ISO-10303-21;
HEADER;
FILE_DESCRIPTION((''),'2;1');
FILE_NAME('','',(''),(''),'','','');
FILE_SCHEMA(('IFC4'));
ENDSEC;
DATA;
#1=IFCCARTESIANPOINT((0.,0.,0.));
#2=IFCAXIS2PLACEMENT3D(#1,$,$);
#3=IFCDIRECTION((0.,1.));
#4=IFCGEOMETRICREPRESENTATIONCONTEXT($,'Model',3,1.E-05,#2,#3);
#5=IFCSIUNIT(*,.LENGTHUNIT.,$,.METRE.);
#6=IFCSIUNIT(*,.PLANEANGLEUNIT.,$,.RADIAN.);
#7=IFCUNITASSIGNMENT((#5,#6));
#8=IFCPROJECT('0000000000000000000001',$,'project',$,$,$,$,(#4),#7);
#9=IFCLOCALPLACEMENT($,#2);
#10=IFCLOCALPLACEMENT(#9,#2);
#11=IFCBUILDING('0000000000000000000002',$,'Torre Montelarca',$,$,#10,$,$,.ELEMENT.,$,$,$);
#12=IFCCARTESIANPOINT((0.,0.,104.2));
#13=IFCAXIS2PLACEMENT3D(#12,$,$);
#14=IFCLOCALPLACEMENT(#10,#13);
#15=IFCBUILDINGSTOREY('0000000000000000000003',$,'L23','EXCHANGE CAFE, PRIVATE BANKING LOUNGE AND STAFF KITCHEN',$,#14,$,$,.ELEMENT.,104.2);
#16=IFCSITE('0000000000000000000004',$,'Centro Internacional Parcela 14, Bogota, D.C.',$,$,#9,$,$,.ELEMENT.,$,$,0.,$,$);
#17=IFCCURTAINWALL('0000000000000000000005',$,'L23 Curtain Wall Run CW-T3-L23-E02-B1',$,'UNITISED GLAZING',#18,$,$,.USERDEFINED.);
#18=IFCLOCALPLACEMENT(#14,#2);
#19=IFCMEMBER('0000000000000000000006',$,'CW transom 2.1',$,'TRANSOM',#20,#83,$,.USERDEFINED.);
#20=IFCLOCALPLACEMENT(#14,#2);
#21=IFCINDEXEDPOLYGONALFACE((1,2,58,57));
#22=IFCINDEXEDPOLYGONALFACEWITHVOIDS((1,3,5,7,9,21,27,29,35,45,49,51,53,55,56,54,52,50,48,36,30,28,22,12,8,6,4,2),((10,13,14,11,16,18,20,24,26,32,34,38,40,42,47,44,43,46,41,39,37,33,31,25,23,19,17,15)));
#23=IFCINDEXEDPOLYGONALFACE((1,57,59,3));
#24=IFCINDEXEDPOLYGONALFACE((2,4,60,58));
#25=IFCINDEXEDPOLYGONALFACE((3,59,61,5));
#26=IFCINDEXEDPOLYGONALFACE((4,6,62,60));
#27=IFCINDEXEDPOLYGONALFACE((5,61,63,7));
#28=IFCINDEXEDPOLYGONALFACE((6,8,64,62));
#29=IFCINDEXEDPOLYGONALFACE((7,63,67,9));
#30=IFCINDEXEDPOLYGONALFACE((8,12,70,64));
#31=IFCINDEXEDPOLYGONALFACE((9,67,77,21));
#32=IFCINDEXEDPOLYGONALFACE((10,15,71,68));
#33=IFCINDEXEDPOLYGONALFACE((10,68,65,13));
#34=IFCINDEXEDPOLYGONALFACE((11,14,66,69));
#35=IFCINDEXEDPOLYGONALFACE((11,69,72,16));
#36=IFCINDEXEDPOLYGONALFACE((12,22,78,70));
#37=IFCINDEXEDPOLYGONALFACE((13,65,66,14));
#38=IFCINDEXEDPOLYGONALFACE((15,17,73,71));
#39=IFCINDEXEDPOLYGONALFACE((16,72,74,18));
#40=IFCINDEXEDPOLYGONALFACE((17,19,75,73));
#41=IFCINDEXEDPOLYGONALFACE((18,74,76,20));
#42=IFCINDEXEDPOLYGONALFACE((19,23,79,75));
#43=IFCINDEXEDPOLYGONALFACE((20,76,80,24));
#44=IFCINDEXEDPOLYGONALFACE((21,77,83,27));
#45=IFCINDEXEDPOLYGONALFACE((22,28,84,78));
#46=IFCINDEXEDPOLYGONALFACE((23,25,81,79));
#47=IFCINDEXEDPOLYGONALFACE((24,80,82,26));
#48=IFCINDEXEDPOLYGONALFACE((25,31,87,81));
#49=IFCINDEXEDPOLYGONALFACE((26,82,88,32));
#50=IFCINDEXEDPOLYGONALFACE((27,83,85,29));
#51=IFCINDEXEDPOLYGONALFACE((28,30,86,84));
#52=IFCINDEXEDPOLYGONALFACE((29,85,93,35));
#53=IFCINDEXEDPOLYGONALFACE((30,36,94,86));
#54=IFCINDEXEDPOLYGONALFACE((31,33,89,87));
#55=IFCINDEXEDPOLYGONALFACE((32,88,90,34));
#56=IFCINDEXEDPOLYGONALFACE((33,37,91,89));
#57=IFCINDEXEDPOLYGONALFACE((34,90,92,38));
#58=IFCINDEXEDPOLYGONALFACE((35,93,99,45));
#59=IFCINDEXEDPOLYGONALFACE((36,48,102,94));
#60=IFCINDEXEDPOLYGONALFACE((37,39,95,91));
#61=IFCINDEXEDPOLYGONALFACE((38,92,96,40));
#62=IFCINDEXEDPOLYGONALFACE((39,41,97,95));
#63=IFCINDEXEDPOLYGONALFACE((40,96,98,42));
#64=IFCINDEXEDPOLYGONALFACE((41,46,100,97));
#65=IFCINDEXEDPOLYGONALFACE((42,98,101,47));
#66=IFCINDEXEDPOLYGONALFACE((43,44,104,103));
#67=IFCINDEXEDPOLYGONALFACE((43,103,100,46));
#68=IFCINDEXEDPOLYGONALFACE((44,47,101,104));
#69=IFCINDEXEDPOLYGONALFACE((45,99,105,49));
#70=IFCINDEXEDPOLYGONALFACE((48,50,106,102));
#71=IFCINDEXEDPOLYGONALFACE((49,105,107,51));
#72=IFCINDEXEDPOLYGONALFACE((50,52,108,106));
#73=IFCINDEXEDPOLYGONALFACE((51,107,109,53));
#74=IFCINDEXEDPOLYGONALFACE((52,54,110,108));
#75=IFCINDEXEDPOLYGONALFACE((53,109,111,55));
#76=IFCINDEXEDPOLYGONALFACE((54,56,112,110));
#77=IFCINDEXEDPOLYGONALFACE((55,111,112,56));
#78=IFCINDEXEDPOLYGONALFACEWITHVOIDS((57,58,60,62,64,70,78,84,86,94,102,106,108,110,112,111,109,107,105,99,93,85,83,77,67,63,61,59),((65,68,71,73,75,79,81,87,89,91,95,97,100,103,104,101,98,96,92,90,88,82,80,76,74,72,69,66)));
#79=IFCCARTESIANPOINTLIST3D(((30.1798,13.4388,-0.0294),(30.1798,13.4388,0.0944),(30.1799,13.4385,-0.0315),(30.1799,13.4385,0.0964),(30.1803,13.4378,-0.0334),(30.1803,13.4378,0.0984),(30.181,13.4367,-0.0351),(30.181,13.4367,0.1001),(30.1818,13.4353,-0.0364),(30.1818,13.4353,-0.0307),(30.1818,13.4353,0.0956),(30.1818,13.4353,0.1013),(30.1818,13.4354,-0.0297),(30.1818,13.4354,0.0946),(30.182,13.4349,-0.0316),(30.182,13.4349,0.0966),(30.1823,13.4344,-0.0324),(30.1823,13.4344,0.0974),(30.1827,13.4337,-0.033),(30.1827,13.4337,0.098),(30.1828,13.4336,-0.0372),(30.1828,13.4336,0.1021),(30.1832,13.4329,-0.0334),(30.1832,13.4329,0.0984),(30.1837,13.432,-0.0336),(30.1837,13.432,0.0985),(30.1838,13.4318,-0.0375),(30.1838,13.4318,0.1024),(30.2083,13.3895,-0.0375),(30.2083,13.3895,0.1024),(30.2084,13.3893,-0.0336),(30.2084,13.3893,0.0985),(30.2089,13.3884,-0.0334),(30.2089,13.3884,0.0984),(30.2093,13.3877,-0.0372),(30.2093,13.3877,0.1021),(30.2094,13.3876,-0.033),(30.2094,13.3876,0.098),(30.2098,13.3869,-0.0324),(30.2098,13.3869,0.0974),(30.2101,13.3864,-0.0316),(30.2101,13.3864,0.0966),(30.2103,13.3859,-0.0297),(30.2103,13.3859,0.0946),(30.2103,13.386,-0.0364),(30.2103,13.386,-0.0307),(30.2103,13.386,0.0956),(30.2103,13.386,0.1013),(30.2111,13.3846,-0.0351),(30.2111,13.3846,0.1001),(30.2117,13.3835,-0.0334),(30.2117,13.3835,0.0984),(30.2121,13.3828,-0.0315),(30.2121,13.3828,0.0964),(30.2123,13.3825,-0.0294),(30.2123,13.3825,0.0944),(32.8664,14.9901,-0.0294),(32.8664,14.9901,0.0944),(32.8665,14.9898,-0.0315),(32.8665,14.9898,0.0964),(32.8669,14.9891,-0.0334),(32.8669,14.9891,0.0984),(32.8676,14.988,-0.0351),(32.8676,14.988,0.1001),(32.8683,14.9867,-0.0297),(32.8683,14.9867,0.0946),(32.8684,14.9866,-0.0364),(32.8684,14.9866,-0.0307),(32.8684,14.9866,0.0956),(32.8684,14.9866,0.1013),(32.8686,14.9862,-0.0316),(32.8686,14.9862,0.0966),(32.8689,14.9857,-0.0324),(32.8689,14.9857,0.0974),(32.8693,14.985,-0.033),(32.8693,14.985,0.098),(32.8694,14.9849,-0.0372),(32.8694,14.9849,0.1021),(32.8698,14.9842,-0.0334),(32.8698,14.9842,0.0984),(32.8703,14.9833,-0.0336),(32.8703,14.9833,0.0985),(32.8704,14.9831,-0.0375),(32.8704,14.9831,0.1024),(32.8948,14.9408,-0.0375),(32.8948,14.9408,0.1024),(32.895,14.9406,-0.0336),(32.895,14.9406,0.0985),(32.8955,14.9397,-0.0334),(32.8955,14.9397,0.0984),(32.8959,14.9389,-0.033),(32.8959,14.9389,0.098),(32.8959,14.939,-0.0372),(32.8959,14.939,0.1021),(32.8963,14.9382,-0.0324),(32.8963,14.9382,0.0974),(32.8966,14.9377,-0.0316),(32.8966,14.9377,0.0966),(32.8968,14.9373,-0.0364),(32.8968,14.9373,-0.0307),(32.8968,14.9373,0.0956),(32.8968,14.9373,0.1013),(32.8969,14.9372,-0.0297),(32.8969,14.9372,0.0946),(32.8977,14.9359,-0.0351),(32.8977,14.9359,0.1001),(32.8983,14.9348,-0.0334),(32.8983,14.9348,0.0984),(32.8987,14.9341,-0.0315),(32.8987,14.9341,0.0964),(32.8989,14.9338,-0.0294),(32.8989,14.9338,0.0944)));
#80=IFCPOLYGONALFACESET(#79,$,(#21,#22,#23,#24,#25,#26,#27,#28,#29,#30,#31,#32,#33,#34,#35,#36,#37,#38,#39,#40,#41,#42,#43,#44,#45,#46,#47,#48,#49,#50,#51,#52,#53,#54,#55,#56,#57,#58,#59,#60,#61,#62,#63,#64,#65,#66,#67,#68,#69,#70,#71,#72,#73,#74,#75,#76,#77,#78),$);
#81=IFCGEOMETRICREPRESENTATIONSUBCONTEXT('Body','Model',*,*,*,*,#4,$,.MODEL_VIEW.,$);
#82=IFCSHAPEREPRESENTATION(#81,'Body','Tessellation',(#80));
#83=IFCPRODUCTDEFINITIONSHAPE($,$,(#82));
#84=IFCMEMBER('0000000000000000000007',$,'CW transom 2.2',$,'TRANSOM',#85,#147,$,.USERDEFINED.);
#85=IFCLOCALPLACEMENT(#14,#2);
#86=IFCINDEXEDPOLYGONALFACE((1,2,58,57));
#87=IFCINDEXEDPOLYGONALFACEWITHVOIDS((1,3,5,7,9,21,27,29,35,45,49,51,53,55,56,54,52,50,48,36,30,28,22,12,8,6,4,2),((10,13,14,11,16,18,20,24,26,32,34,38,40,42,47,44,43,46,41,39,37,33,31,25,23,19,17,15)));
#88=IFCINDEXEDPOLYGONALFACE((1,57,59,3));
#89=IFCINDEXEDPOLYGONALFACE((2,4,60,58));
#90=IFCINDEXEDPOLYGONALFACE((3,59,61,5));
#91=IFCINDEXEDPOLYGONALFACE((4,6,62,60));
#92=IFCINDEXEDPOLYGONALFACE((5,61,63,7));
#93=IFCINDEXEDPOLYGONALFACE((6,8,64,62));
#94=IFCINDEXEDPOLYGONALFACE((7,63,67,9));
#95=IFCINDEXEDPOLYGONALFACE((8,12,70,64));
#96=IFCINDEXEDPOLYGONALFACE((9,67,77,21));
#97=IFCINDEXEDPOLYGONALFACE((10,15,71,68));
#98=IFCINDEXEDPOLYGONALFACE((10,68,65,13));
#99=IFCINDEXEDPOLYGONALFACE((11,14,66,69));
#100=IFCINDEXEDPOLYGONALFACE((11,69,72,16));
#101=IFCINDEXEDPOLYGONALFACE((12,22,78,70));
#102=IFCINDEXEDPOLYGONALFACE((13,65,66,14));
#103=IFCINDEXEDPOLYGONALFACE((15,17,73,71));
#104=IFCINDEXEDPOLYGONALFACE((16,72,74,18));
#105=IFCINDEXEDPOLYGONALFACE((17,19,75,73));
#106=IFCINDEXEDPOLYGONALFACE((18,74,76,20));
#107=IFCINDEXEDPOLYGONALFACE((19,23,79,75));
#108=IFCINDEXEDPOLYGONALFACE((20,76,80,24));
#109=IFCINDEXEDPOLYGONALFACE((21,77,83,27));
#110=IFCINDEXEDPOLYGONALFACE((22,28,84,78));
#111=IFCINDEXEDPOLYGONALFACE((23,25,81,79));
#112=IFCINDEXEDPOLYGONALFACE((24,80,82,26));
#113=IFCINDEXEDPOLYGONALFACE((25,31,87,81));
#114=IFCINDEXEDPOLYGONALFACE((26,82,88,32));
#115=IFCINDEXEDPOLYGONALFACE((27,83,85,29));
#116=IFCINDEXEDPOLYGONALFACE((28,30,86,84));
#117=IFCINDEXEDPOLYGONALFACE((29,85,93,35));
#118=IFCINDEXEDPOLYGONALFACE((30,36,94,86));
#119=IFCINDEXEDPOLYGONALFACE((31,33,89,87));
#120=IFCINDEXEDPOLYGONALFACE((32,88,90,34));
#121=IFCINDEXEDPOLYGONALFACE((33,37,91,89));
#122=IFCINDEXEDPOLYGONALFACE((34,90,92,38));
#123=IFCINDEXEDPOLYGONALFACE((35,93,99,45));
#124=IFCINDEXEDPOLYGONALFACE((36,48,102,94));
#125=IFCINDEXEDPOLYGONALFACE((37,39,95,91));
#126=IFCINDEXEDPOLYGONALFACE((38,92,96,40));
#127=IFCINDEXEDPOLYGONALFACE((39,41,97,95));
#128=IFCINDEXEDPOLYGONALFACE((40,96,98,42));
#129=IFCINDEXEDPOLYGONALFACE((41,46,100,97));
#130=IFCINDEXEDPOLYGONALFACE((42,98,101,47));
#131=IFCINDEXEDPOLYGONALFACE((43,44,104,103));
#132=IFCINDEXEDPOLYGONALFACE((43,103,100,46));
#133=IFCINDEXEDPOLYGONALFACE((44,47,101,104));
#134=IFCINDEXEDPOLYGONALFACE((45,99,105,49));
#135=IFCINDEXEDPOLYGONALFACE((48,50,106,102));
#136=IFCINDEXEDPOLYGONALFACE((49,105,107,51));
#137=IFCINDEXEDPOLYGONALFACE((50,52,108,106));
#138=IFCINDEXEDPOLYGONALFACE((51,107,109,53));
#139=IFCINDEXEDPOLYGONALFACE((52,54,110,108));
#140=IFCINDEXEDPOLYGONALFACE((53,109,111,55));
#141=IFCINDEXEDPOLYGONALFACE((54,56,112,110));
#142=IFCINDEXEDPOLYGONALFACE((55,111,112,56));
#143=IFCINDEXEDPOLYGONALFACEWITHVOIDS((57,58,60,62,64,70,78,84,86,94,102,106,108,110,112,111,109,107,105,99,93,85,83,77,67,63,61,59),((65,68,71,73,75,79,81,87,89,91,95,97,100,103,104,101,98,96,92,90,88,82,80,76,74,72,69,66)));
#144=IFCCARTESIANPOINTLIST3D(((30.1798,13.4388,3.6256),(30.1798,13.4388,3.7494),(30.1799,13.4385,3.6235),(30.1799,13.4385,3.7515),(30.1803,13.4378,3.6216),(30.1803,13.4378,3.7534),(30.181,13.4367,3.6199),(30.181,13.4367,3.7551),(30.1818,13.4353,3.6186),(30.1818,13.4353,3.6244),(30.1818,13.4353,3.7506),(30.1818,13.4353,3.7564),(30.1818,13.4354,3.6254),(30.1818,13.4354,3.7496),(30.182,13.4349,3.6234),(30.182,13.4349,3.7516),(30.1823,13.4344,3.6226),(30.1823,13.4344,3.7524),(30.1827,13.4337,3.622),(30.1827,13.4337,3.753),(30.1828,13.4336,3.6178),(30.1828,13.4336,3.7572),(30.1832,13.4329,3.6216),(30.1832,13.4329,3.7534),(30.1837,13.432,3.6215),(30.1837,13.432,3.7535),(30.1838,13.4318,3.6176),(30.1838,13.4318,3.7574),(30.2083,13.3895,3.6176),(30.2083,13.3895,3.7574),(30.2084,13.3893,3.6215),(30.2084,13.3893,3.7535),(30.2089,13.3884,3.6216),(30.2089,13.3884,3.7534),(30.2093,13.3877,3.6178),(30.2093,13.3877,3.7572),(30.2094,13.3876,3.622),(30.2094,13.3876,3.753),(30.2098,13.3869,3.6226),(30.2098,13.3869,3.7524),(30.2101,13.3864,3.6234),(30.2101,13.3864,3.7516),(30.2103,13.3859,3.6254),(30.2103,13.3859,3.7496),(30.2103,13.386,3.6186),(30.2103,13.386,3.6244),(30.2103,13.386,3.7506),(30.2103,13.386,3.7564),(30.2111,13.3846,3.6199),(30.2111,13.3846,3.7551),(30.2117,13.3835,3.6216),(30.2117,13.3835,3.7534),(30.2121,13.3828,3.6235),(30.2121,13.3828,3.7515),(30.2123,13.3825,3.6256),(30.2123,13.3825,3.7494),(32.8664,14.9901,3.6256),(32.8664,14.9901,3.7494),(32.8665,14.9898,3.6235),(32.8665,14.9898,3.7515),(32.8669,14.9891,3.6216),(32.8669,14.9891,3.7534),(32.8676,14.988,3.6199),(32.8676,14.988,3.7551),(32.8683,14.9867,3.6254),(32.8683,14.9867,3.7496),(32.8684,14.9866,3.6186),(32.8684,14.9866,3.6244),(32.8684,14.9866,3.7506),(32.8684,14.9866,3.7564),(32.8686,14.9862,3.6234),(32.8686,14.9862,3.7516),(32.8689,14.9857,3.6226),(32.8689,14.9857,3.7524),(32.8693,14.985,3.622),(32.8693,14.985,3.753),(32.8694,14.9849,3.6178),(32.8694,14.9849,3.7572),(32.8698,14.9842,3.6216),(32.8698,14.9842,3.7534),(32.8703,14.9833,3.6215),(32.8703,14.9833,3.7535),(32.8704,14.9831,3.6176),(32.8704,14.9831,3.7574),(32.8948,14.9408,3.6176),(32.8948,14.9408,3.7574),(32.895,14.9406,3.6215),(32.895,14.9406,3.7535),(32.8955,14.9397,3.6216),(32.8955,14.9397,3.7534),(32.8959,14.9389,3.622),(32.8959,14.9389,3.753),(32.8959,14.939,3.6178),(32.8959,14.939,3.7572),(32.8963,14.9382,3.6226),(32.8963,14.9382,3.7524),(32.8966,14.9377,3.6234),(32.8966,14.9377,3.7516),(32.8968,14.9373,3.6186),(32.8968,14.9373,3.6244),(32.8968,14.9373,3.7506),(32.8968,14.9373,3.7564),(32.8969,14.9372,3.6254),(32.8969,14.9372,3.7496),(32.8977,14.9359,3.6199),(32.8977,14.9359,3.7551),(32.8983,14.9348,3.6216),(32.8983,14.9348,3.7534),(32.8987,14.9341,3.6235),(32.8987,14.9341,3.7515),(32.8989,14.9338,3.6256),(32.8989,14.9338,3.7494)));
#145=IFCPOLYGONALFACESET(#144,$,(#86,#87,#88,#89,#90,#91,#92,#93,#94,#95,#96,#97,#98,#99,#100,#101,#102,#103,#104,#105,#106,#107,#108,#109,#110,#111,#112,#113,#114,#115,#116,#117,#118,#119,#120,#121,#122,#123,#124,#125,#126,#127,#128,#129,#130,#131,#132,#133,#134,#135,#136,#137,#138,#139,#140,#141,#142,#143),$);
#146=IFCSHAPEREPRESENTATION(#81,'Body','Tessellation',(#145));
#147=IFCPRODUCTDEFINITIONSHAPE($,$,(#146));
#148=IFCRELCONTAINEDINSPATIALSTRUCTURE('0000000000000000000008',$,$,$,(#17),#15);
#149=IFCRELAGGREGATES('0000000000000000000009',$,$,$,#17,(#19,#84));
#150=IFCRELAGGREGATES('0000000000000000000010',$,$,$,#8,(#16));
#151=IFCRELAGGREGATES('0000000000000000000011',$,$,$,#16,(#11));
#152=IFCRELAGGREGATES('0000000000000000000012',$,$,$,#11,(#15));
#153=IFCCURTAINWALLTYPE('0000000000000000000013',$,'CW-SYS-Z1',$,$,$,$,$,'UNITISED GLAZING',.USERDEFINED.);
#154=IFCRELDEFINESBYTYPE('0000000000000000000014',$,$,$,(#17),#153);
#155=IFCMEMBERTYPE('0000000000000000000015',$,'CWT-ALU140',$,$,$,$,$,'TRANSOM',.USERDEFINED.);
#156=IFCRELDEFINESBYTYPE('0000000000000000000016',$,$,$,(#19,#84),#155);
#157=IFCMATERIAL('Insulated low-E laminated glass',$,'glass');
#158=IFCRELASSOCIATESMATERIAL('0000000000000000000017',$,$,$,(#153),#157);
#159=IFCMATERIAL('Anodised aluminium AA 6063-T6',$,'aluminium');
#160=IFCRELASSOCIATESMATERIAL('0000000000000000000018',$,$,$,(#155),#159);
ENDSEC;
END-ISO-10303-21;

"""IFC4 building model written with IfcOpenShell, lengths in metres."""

from ifc_helpers import new_model, si_unit, direction, frame, origin, origin_2d, place, context, subcontext, project, spatial, hollow_rectangle, extrude, source, transform, mapped, material, material_profile, profile_set, type_object, element, aggregate, save


model = new_model("IFC4")

# Units and contexts
model_context = context("Model", 3, precision=1e-05, world=origin(), true_north=direction((0.0, 1.0)))
body_context = subcontext(model_context, "Body", "Model", "MODEL_VIEW")
ifc_project = project(units=[si_unit("LENGTHUNIT", "METRE"), si_unit("PLANEANGLEUNIT", "RADIAN")], contexts=[model_context])

# Site, building, storey
site_placement = place(None, origin())
site = spatial("IfcSite", under=ifc_project, at=site_placement, Name="Centro Internacional Parcela 14, Bogota, D.C.", CompositionType="ELEMENT", RefElevation=0.0)
building_placement = place(site_placement, origin())
building = spatial("IfcBuilding", under=site, at=building_placement, Name="Torre Montelarca", CompositionType="ELEMENT")
storey_placement = place(building_placement, frame((0.0, 0.0, 104.2)))
storey = spatial("IfcBuildingStorey", under=building, at=storey_placement, Name="L23", Description="EXCHANGE CAFE, PRIVATE BANKING LOUNGE AND STAFF KITCHEN", CompositionType="ELEMENT", Elevation=104.2)

# Curtain wall, members
ifc_material_1 = material(Name="Insulated low-E laminated glass", Category="glass")
curtain_wall_type = type_object("IfcCurtainWallType", Name="CW-SYS-Z1", ElementType="UNITISED GLAZING", PredefinedType="USERDEFINED", material=ifc_material_1)
ifc_material_2 = material(Name="Anodised aluminium AA 6063-T6", Category="aluminium")
ifc_material_profile_1 = material_profile(ifc_material_2, hollow_rectangle(XDim=0.0649, YDim=0.1399, WallThickness=0.0039, InnerFilletRadius=0.0039, OuterFilletRadius=0.0081, at=origin_2d()), Name="ALU65X140X4", Category="aluminium")
ifc_profile_set_1 = profile_set([ifc_material_profile_1], Name="Anodised aluminium AA 6063-T6")
member_type_1 = type_object("IfcMemberType", Name="CWT-ALU140", ElementType="TRANSOM", PredefinedType="USERDEFINED", material=ifc_profile_set_1)
curtain_wall_1_placement = place(storey_placement, origin())
curtain_wall_1 = element("IfcCurtainWall", 1, at=curtain_wall_1_placement, inside=storey, type_object=curtain_wall_type, Name="L23 Curtain Wall Run CW-T3-L23-E02-B1", ObjectType="UNITISED GLAZING", PredefinedType="USERDEFINED")
shared_shape_1 = source(origin(), body_context, "Body", "SweptSolid", [
    extrude(hollow_rectangle(XDim=0.0649, YDim=0.1399, WallThickness=0.0039, InnerFilletRadius=0.0039, OuterFilletRadius=0.0081, at=origin_2d()), origin(), (0.0, 0.0, 1.0), 3.1023),
])
member_1_placement = place(storey_placement, frame((30.196, 13.4106, 0.0325), z_axis=(0.865997, 0.500049, 0.0), x_axis=(-0.500049, 0.865997, 0.0)))
member_1 = element("IfcMember", 2, at=member_1_placement, type_object=member_type_1, Name="CW transom 2.1", ObjectType="TRANSOM", PredefinedType="USERDEFINED", context=body_context, shape_type="MappedRepresentation", body=[
    mapped(shared_shape_1, transform((0.0, 0.0, 0.0), scale=1.0)),
])
member_2_placement = place(storey_placement, frame((30.196, 13.4106, 3.6875), z_axis=(0.865997, 0.500049, 0.0), x_axis=(-0.500049, 0.865997, 0.0)))
member_2 = element("IfcMember", 3, at=member_2_placement, type_object=member_type_1, Name="CW transom 2.2", ObjectType="TRANSOM", PredefinedType="USERDEFINED", context=body_context, shape_type="MappedRepresentation", body=[
    mapped(shared_shape_1, transform((0.0, 0.0, 0.0), scale=1.0)),
])

aggregate(curtain_wall_1, [member_1, member_2])

save(model, "model.ifc")
